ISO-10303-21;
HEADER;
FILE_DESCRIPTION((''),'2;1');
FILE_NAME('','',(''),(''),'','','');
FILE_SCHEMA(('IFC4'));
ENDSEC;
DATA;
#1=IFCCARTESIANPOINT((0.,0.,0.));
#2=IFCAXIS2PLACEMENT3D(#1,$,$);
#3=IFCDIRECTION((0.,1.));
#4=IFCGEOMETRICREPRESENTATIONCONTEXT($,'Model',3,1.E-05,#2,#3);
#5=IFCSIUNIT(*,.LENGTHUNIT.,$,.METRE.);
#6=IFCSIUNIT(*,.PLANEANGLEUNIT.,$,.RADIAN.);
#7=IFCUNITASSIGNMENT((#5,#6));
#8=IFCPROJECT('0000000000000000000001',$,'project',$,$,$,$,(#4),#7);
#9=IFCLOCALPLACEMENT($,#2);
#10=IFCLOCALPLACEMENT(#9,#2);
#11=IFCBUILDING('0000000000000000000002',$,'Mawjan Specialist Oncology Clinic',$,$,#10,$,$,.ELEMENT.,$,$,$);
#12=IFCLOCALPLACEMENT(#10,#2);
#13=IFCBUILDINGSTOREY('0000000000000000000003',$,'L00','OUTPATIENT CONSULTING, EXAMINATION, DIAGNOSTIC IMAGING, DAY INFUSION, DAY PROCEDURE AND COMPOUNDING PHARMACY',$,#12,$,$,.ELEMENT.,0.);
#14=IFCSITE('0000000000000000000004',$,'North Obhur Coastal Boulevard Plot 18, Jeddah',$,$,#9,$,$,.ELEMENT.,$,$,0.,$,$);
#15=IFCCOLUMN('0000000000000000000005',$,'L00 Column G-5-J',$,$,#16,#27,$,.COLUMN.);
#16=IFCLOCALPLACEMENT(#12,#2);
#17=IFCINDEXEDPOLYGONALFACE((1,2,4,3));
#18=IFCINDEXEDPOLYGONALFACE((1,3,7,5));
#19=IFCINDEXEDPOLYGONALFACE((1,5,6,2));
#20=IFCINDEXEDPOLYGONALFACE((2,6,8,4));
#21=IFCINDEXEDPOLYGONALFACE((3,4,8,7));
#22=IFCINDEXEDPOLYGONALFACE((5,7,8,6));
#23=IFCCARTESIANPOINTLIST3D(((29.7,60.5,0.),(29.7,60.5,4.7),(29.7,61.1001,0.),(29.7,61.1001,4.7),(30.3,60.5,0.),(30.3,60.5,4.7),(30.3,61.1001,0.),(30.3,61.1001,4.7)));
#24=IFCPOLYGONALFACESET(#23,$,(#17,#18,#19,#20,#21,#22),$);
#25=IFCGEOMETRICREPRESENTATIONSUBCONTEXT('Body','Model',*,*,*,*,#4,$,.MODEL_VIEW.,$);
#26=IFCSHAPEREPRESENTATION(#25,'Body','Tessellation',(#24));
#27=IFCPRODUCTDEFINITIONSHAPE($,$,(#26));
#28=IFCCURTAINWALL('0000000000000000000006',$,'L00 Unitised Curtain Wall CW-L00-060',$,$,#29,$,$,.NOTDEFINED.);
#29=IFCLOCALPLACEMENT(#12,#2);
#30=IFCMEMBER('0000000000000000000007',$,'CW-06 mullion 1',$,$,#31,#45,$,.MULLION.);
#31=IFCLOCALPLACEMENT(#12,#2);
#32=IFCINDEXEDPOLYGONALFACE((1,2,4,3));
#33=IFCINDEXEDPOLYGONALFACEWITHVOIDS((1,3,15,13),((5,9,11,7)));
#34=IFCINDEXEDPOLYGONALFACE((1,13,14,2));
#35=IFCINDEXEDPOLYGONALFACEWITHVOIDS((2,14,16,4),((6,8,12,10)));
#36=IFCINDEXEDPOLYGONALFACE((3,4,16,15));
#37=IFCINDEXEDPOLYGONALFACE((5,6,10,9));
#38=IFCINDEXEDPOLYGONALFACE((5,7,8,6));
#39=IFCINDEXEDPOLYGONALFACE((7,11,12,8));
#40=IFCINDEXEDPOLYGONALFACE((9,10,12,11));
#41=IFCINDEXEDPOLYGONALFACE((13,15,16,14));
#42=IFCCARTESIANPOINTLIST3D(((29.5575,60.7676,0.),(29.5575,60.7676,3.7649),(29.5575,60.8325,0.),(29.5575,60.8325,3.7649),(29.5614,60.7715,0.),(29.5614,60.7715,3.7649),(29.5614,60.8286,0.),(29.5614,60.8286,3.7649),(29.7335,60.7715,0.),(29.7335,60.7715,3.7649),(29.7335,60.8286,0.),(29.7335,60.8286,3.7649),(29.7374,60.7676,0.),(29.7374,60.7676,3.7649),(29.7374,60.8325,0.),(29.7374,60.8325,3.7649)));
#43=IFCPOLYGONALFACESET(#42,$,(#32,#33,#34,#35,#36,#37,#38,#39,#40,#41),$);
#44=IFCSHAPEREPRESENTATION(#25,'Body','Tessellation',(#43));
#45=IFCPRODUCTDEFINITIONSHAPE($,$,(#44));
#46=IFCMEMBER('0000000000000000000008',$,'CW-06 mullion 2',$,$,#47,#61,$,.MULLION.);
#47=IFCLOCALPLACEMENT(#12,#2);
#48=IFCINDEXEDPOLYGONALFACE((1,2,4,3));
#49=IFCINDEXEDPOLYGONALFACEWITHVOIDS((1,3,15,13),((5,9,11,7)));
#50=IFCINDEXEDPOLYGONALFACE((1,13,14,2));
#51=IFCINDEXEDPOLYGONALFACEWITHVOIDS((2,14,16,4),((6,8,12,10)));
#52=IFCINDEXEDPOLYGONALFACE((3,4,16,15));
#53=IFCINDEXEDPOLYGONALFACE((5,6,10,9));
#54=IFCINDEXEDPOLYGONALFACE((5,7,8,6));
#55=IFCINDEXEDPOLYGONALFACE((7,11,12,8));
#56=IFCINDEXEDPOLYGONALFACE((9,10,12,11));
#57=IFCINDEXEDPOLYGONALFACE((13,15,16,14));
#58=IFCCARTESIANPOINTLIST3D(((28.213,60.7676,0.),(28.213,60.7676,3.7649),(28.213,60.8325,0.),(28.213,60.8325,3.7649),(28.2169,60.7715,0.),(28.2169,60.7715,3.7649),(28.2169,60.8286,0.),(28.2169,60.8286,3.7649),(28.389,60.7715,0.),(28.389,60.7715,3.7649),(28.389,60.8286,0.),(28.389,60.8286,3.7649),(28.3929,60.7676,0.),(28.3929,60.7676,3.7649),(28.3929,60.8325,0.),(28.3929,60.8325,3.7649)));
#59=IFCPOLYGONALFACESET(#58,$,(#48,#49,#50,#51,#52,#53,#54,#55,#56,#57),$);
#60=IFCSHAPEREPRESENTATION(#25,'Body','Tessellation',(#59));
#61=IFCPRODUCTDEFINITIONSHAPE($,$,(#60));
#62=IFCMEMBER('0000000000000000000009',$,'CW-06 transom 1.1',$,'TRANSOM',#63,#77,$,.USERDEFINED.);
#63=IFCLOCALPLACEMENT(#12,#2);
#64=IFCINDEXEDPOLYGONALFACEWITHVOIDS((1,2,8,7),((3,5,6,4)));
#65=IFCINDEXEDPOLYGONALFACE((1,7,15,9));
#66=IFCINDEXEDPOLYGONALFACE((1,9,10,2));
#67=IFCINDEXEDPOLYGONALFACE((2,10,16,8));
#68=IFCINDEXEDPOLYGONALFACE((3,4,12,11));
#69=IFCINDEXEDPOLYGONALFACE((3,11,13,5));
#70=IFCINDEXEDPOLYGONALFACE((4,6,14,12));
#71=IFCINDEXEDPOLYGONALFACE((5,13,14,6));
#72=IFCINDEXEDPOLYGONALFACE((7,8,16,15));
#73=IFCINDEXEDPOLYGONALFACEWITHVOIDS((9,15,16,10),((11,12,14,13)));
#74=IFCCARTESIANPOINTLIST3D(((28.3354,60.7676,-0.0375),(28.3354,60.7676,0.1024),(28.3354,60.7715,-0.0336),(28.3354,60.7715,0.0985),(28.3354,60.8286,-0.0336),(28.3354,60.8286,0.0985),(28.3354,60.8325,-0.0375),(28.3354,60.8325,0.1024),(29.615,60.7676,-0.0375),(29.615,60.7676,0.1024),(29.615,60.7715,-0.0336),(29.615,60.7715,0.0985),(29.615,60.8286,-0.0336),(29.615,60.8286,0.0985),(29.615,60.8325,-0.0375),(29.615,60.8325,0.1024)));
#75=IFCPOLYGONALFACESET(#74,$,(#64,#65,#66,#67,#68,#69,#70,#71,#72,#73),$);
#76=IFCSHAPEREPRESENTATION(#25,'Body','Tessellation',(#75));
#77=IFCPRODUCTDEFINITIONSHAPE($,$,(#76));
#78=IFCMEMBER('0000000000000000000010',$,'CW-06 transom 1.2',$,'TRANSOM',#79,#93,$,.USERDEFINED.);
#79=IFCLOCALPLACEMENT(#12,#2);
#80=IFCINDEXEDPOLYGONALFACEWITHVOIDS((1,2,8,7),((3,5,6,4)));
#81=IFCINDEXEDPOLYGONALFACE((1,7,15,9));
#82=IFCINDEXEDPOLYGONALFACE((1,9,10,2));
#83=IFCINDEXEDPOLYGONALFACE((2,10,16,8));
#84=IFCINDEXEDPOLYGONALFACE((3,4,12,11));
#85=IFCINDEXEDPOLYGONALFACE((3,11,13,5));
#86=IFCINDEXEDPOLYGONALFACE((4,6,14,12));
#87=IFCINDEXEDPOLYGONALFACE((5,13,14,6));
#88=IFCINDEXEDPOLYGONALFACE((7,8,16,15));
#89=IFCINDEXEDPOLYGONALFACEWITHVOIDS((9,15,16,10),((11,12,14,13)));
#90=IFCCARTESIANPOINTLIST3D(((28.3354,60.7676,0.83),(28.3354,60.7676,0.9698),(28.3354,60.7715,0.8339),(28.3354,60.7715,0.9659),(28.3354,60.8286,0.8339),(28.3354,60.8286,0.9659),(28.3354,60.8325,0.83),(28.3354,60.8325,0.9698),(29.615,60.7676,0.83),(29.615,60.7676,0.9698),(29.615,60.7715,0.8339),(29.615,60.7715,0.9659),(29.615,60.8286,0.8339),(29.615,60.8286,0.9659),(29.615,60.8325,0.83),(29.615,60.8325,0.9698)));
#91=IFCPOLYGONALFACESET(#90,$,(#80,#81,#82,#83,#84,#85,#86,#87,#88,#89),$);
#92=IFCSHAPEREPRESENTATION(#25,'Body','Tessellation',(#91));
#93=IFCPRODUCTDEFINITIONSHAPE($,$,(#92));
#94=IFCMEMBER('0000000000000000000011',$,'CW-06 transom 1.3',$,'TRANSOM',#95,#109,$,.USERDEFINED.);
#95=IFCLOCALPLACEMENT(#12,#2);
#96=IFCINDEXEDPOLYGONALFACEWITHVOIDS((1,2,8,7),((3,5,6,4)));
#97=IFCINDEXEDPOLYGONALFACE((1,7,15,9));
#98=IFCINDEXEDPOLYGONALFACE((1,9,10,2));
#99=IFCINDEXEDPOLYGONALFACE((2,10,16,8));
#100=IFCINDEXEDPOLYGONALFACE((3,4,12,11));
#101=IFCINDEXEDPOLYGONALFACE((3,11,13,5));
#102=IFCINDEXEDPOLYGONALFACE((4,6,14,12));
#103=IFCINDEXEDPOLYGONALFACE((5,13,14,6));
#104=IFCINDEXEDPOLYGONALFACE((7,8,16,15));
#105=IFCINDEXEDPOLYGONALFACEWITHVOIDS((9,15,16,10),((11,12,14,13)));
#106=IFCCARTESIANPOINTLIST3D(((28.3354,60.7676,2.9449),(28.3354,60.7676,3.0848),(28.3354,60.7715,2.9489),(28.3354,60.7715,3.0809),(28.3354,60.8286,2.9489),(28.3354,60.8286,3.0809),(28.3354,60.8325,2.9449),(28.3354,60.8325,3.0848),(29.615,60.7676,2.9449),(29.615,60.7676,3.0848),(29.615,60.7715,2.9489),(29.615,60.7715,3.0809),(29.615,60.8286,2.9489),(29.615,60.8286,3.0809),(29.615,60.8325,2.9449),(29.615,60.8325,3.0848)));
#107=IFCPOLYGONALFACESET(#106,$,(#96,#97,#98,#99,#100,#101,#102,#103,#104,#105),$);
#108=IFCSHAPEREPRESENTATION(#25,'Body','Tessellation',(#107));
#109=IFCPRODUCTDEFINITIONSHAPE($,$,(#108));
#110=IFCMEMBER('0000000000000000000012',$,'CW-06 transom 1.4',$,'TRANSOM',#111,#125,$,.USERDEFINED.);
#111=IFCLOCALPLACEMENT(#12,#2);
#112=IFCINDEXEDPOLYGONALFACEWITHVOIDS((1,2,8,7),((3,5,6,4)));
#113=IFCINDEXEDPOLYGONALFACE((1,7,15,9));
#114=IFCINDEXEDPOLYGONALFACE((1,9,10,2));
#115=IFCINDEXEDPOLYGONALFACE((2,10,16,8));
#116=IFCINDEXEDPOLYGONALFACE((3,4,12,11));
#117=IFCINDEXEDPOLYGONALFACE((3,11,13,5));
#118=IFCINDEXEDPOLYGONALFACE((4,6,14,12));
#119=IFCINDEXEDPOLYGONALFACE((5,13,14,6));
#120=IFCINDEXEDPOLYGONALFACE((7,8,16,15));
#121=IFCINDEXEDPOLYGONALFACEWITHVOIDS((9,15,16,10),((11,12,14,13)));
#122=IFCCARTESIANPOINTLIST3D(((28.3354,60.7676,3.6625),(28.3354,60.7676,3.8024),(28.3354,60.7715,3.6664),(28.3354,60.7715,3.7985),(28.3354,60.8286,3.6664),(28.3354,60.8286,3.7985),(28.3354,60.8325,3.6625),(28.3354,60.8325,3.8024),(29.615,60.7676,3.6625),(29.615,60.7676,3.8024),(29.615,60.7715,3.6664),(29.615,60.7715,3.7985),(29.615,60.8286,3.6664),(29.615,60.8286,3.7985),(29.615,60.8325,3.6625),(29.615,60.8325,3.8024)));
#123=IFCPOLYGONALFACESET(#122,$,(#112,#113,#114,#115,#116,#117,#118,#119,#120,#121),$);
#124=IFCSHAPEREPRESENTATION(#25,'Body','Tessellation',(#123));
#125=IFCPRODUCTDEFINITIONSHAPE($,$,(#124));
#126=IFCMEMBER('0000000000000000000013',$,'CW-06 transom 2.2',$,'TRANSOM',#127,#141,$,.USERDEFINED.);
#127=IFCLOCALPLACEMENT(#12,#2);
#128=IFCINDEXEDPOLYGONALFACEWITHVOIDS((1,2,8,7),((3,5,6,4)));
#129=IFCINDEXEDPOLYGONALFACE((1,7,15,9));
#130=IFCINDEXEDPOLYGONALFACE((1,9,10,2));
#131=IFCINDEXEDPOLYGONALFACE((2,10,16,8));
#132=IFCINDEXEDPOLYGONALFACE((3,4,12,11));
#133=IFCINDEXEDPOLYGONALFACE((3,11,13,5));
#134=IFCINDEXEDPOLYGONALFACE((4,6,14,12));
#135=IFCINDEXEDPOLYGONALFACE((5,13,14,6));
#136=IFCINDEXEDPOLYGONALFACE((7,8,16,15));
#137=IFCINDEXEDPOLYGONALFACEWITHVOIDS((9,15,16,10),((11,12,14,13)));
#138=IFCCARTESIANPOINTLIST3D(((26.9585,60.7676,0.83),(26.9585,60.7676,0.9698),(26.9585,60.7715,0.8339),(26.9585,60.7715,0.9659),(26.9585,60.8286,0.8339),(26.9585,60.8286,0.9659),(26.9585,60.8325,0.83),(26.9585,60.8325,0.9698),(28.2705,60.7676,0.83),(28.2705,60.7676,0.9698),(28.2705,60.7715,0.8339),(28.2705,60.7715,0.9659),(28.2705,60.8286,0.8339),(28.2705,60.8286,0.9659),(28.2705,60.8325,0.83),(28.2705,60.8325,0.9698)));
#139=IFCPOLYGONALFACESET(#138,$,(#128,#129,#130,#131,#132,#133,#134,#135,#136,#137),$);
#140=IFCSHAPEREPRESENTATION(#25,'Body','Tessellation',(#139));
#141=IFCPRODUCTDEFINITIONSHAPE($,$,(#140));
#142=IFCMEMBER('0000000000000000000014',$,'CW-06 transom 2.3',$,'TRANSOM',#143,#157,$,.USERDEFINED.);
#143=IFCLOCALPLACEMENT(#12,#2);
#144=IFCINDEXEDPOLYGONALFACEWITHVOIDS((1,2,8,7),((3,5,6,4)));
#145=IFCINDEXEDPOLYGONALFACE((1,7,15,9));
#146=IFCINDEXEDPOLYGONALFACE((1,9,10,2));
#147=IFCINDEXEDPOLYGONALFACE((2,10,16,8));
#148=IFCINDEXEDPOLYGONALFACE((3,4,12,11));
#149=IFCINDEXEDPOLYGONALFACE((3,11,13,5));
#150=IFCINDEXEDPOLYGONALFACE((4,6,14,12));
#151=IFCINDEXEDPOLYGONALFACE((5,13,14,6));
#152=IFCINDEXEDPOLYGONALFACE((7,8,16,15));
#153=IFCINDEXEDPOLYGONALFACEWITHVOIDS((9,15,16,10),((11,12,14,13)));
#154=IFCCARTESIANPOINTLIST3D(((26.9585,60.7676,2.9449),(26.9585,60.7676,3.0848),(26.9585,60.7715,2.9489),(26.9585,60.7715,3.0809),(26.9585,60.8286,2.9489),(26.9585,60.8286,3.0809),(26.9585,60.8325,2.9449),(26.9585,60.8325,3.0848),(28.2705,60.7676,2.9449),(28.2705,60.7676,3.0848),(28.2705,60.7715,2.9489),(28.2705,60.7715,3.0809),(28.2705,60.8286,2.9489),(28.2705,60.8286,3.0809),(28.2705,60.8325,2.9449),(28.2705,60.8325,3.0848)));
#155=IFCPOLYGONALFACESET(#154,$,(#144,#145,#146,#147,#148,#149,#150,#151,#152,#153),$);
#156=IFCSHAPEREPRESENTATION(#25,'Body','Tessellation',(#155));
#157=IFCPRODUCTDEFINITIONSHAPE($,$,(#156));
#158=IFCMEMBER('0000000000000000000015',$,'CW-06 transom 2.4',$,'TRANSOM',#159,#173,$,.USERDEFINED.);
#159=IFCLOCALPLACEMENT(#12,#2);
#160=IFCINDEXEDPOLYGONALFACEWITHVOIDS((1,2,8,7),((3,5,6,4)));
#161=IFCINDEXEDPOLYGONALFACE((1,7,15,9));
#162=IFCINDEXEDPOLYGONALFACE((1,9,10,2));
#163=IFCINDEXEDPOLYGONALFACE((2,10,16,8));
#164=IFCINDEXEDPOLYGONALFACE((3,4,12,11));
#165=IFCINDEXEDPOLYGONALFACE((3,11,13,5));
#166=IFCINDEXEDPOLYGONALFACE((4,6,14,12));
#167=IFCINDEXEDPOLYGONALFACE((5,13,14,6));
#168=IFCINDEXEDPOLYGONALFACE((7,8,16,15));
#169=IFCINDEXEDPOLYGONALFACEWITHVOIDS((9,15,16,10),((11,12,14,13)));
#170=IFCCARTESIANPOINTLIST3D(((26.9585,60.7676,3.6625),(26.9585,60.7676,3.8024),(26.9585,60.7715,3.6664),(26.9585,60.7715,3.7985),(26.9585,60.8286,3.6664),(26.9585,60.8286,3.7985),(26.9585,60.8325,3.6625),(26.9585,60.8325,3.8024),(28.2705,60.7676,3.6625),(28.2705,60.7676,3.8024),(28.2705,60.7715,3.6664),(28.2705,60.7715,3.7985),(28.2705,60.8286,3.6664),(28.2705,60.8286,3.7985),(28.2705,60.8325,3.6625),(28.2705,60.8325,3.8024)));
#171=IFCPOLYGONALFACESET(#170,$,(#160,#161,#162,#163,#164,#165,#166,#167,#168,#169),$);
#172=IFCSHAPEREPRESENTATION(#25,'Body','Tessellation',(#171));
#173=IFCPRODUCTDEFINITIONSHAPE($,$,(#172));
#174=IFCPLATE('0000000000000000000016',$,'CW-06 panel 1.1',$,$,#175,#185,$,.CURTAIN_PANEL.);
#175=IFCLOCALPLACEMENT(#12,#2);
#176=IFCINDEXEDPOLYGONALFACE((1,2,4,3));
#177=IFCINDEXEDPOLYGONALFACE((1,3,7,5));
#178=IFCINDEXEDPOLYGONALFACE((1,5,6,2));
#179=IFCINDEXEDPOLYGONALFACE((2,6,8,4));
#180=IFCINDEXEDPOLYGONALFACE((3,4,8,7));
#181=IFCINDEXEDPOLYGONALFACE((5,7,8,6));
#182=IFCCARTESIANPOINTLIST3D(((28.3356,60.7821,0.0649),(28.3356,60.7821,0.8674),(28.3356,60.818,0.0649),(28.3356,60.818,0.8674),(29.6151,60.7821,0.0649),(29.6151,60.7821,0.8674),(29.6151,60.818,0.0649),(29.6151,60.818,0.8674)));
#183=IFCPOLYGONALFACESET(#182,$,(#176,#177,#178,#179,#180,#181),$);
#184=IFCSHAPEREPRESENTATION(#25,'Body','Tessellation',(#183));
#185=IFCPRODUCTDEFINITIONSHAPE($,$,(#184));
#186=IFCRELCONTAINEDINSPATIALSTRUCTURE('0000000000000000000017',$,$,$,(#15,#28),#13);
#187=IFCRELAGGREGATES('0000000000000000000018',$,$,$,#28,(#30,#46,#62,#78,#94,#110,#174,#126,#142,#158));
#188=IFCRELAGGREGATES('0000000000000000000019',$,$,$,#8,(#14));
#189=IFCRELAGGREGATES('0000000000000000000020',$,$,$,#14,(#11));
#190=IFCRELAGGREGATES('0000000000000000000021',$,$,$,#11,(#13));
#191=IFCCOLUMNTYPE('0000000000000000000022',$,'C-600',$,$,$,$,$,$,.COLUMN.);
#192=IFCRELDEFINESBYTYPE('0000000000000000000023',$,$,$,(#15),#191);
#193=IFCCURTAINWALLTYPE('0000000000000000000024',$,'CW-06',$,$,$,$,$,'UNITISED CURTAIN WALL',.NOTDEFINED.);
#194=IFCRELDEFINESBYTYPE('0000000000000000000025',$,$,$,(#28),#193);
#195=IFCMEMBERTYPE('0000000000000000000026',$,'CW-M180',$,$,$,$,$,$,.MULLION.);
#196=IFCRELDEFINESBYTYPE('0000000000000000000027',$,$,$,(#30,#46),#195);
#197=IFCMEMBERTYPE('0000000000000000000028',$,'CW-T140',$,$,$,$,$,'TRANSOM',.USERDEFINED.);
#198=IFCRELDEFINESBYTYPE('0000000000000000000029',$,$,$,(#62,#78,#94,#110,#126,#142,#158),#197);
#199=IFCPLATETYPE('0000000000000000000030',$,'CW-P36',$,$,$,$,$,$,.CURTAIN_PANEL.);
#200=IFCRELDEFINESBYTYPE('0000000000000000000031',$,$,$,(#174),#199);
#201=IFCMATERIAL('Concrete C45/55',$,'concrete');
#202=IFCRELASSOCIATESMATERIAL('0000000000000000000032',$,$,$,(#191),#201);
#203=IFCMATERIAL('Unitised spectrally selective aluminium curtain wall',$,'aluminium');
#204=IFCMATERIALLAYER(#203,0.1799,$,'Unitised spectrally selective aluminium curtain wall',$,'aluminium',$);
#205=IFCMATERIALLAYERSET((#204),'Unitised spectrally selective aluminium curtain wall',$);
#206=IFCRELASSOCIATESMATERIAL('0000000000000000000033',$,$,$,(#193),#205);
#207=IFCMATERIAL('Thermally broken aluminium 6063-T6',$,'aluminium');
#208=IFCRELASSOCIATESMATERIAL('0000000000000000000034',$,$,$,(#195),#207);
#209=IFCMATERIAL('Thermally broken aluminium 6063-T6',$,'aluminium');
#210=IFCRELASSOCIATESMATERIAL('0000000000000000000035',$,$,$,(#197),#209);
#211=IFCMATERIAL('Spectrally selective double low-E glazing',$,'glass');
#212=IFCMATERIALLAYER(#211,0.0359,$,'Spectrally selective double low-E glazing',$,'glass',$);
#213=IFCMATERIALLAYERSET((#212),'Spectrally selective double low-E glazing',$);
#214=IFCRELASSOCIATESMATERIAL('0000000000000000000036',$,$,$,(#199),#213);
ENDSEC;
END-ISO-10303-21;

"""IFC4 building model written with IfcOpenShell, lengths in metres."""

from ifc_helpers import new_model, si_unit, direction, frame, origin, origin_2d, place, context, subcontext, project, spatial, rectangle, hollow_rectangle, extrude, material, layer, layer_set, material_profile, profile_set, type_object, element, aggregate, save


model = new_model("IFC4")

# Units and contexts
model_context = context("Model", 3, precision=1e-05, world=origin(), true_north=direction((0.0, 1.0)))
body_context = subcontext(model_context, "Body", "Model", "MODEL_VIEW")
ifc_project = project(units=[si_unit("LENGTHUNIT", "METRE"), si_unit("PLANEANGLEUNIT", "RADIAN")], contexts=[model_context])

# Site, building, storey
site_placement = place(None, origin())
site = spatial("IfcSite", under=ifc_project, at=site_placement, Name="North Obhur Coastal Boulevard Plot 18, Jeddah", CompositionType="ELEMENT", RefElevation=0.0)
building_placement = place(site_placement, origin())
building = spatial("IfcBuilding", under=site, at=building_placement, Name="Mawjan Specialist Oncology Clinic", CompositionType="ELEMENT")
storey_placement = place(building_placement, origin())
storey = spatial("IfcBuildingStorey", under=building, at=storey_placement, Name="L00", Description="OUTPATIENT CONSULTING, EXAMINATION, DIAGNOSTIC IMAGING, DAY INFUSION, DAY PROCEDURE AND COMPOUNDING PHARMACY", CompositionType="ELEMENT", Elevation=0.0)

# Column
ifc_material_1 = material(Name="Concrete C45/55", Category="concrete")
ifc_material_profile_1 = material_profile(ifc_material_1, rectangle(XDim=0.6001, YDim=0.6001, at=origin_2d()), Name="RC COL 600x600", Category="concrete")
ifc_profile_set_1 = profile_set([ifc_material_profile_1], Name="Concrete C45/55")
column_type_1 = type_object("IfcColumnType", Name="C-600", PredefinedType="COLUMN", material=ifc_profile_set_1)
column_1_placement = place(storey_placement, frame((30.0, 60.8, 0.0), z_axis=(0.0, 0.0, 1.0), x_axis=(1.0, 0.0, 0.0)))
element("IfcColumn", 1, at=column_1_placement, inside=storey, type_object=column_type_1, Name="L00 Column G-5-J", PredefinedType="COLUMN", context=body_context, shape_type="SweptSolid", body=[
    extrude(rectangle(XDim=0.6001, YDim=0.6001, at=origin_2d()), origin(), (0.0, 0.0, 1.0), 4.7),
])

# Curtain wall, members, plate
ifc_material_2 = material(Name="Unitised spectrally selective aluminium curtain wall", Category="aluminium")
ifc_layer_1 = layer(ifc_material_2, 0.1799, Name="Unitised spectrally selective aluminium curtain wall", Category="aluminium")
ifc_layer_set_1 = layer_set([ifc_layer_1], Name="Unitised spectrally selective aluminium curtain wall")
curtain_wall_type = type_object("IfcCurtainWallType", Name="CW-06", ElementType="UNITISED CURTAIN WALL", PredefinedType="NOTDEFINED", material=ifc_layer_set_1)
curtain_wall_placement = place(storey_placement, origin())
curtain_wall = element("IfcCurtainWall", 2, at=curtain_wall_placement, inside=storey, type_object=curtain_wall_type, Name="L00 Unitised Curtain Wall CW-L00-060", PredefinedType="NOTDEFINED")
ifc_material_3 = material(Name="Thermally broken aluminium 6063-T6", Category="aluminium")
ifc_material_profile_2 = material_profile(ifc_material_3, hollow_rectangle(XDim=0.0649, YDim=0.1799, WallThickness=0.0039, at=origin_2d()), Name="ALU MULLION 180x65x4", Category="aluminium")
ifc_profile_set_2 = profile_set([ifc_material_profile_2], Name="Thermally broken aluminium 6063-T6")
member_type_1 = type_object("IfcMemberType", Name="CW-M180", PredefinedType="MULLION", material=ifc_profile_set_2)
member_1_placement = place(storey_placement, frame((29.6475, 60.8, 0.0), z_axis=(0.0, 0.0, 1.0), x_axis=(0.0, -1.0, 0.0)))
member_1 = element("IfcMember", 3, at=member_1_placement, type_object=member_type_1, Name="CW-06 mullion 1", PredefinedType="MULLION", context=body_context, shape_type="SweptSolid", body=[
    extrude(hollow_rectangle(XDim=0.0649, YDim=0.1799, WallThickness=0.0039, at=origin_2d()), origin(), (0.0, 0.0, 1.0), 3.7649),
])
member_2_placement = place(storey_placement, frame((28.303, 60.8, 0.0), z_axis=(0.0, 0.0, 1.0), x_axis=(0.0, -1.0, 0.0)))
member_2 = element("IfcMember", 4, at=member_2_placement, type_object=member_type_1, Name="CW-06 mullion 2", PredefinedType="MULLION", context=body_context, shape_type="SweptSolid", body=[
    extrude(hollow_rectangle(XDim=0.0649, YDim=0.1799, WallThickness=0.0039, at=origin_2d()), origin(), (0.0, 0.0, 1.0), 3.7649),
])
ifc_material_4 = material(Name="Thermally broken aluminium 6063-T6", Category="aluminium")
ifc_material_profile_3 = material_profile(ifc_material_4, hollow_rectangle(XDim=0.0649, YDim=0.1399, WallThickness=0.0039, at=origin_2d()), Name="ALU TRANSOM 140x65x4", Category="aluminium")
ifc_profile_set_3 = profile_set([ifc_material_profile_3], Name="Thermally broken aluminium 6063-T6")
member_type_2 = type_object("IfcMemberType", Name="CW-T140", ElementType="TRANSOM", PredefinedType="USERDEFINED", material=ifc_profile_set_3)
member_3_placement = place(storey_placement, frame((29.615, 60.8, 0.0325), z_axis=(-1.0, 0.0, 0.0), x_axis=(0.0, -1.0, 0.0)))
member_3 = element("IfcMember", 5, at=member_3_placement, type_object=member_type_2, Name="CW-06 transom 1.1", ObjectType="TRANSOM", PredefinedType="USERDEFINED", context=body_context, shape_type="SweptSolid", body=[
    extrude(hollow_rectangle(XDim=0.0649, YDim=0.1399, WallThickness=0.0039, at=origin_2d()), origin(), (0.0, 0.0, 1.0), 1.2795),
])
member_4_placement = place(storey_placement, frame((29.615, 60.8, 0.8999), z_axis=(-1.0, 0.0, 0.0), x_axis=(0.0, -1.0, 0.0)))
member_4 = element("IfcMember", 6, at=member_4_placement, type_object=member_type_2, Name="CW-06 transom 1.2", ObjectType="TRANSOM", PredefinedType="USERDEFINED", context=body_context, shape_type="SweptSolid", body=[
    extrude(hollow_rectangle(XDim=0.0649, YDim=0.1399, WallThickness=0.0039, at=origin_2d()), origin(), (0.0, 0.0, 1.0), 1.2795),
])
member_5_placement = place(storey_placement, frame((29.615, 60.8, 3.0149), z_axis=(-1.0, 0.0, 0.0), x_axis=(0.0, -1.0, 0.0)))
member_5 = element("IfcMember", 7, at=member_5_placement, type_object=member_type_2, Name="CW-06 transom 1.3", ObjectType="TRANSOM", PredefinedType="USERDEFINED", context=body_context, shape_type="SweptSolid", body=[
    extrude(hollow_rectangle(XDim=0.0649, YDim=0.1399, WallThickness=0.0039, at=origin_2d()), origin(), (0.0, 0.0, 1.0), 1.2795),
])
member_6_placement = place(storey_placement, frame((29.615, 60.8, 3.7324), z_axis=(-1.0, 0.0, 0.0), x_axis=(0.0, -1.0, 0.0)))
member_6 = element("IfcMember", 8, at=member_6_placement, type_object=member_type_2, Name="CW-06 transom 1.4", ObjectType="TRANSOM", PredefinedType="USERDEFINED", context=body_context, shape_type="SweptSolid", body=[
    extrude(hollow_rectangle(XDim=0.0649, YDim=0.1399, WallThickness=0.0039, at=origin_2d()), origin(), (0.0, 0.0, 1.0), 1.2795),
])
member_7_placement = place(storey_placement, frame((28.2705, 60.8, 0.8999), z_axis=(-1.0, 0.0, 0.0), x_axis=(0.0, -1.0, 0.0)))
member_7 = element("IfcMember", 9, at=member_7_placement, type_object=member_type_2, Name="CW-06 transom 2.2", ObjectType="TRANSOM", PredefinedType="USERDEFINED", context=body_context, shape_type="SweptSolid", body=[
    extrude(hollow_rectangle(XDim=0.0649, YDim=0.1399, WallThickness=0.0039, at=origin_2d()), origin(), (0.0, 0.0, 1.0), 1.312),
])
member_8_placement = place(storey_placement, frame((28.2705, 60.8, 3.0149), z_axis=(-1.0, 0.0, 0.0), x_axis=(0.0, -1.0, 0.0)))
member_8 = element("IfcMember", 10, at=member_8_placement, type_object=member_type_2, Name="CW-06 transom 2.3", ObjectType="TRANSOM", PredefinedType="USERDEFINED", context=body_context, shape_type="SweptSolid", body=[
    extrude(hollow_rectangle(XDim=0.0649, YDim=0.1399, WallThickness=0.0039, at=origin_2d()), origin(), (0.0, 0.0, 1.0), 1.312),
])
member_9_placement = place(storey_placement, frame((28.2705, 60.8, 3.7324), z_axis=(-1.0, 0.0, 0.0), x_axis=(0.0, -1.0, 0.0)))
member_9 = element("IfcMember", 11, at=member_9_placement, type_object=member_type_2, Name="CW-06 transom 2.4", ObjectType="TRANSOM", PredefinedType="USERDEFINED", context=body_context, shape_type="SweptSolid", body=[
    extrude(hollow_rectangle(XDim=0.0649, YDim=0.1399, WallThickness=0.0039, at=origin_2d()), origin(), (0.0, 0.0, 1.0), 1.312),
])
ifc_material_5 = material(Name="Spectrally selective double low-E glazing", Category="glass")
ifc_layer_2 = layer(ifc_material_5, 0.0359, Name="Spectrally selective double low-E glazing", Category="glass")
ifc_layer_set_2 = layer_set([ifc_layer_2], Name="Spectrally selective double low-E glazing")
plate_type = type_object("IfcPlateType", Name="CW-P36", PredefinedType="CURTAIN_PANEL", material=ifc_layer_set_2)
plate_1_placement = place(storey_placement, frame((28.9753, 60.8, 0.0649), z_axis=(0.0, 0.0, 1.0), x_axis=(-1.0, 0.0, 0.0)))
plate_1 = element("IfcPlate", 12, at=plate_1_placement, type_object=plate_type, Name="CW-06 panel 1.1", PredefinedType="CURTAIN_PANEL", context=body_context, shape_type="SweptSolid", body=[
    extrude(rectangle(XDim=1.2795, YDim=0.0359, at=origin_2d()), origin(), (0.0, 0.0, 1.0), 0.8025),
])
aggregate(curtain_wall, [member_1, member_2, member_3, member_4, member_5, member_6, plate_1, member_7, member_8, member_9])

save(model, "model.ifc")
